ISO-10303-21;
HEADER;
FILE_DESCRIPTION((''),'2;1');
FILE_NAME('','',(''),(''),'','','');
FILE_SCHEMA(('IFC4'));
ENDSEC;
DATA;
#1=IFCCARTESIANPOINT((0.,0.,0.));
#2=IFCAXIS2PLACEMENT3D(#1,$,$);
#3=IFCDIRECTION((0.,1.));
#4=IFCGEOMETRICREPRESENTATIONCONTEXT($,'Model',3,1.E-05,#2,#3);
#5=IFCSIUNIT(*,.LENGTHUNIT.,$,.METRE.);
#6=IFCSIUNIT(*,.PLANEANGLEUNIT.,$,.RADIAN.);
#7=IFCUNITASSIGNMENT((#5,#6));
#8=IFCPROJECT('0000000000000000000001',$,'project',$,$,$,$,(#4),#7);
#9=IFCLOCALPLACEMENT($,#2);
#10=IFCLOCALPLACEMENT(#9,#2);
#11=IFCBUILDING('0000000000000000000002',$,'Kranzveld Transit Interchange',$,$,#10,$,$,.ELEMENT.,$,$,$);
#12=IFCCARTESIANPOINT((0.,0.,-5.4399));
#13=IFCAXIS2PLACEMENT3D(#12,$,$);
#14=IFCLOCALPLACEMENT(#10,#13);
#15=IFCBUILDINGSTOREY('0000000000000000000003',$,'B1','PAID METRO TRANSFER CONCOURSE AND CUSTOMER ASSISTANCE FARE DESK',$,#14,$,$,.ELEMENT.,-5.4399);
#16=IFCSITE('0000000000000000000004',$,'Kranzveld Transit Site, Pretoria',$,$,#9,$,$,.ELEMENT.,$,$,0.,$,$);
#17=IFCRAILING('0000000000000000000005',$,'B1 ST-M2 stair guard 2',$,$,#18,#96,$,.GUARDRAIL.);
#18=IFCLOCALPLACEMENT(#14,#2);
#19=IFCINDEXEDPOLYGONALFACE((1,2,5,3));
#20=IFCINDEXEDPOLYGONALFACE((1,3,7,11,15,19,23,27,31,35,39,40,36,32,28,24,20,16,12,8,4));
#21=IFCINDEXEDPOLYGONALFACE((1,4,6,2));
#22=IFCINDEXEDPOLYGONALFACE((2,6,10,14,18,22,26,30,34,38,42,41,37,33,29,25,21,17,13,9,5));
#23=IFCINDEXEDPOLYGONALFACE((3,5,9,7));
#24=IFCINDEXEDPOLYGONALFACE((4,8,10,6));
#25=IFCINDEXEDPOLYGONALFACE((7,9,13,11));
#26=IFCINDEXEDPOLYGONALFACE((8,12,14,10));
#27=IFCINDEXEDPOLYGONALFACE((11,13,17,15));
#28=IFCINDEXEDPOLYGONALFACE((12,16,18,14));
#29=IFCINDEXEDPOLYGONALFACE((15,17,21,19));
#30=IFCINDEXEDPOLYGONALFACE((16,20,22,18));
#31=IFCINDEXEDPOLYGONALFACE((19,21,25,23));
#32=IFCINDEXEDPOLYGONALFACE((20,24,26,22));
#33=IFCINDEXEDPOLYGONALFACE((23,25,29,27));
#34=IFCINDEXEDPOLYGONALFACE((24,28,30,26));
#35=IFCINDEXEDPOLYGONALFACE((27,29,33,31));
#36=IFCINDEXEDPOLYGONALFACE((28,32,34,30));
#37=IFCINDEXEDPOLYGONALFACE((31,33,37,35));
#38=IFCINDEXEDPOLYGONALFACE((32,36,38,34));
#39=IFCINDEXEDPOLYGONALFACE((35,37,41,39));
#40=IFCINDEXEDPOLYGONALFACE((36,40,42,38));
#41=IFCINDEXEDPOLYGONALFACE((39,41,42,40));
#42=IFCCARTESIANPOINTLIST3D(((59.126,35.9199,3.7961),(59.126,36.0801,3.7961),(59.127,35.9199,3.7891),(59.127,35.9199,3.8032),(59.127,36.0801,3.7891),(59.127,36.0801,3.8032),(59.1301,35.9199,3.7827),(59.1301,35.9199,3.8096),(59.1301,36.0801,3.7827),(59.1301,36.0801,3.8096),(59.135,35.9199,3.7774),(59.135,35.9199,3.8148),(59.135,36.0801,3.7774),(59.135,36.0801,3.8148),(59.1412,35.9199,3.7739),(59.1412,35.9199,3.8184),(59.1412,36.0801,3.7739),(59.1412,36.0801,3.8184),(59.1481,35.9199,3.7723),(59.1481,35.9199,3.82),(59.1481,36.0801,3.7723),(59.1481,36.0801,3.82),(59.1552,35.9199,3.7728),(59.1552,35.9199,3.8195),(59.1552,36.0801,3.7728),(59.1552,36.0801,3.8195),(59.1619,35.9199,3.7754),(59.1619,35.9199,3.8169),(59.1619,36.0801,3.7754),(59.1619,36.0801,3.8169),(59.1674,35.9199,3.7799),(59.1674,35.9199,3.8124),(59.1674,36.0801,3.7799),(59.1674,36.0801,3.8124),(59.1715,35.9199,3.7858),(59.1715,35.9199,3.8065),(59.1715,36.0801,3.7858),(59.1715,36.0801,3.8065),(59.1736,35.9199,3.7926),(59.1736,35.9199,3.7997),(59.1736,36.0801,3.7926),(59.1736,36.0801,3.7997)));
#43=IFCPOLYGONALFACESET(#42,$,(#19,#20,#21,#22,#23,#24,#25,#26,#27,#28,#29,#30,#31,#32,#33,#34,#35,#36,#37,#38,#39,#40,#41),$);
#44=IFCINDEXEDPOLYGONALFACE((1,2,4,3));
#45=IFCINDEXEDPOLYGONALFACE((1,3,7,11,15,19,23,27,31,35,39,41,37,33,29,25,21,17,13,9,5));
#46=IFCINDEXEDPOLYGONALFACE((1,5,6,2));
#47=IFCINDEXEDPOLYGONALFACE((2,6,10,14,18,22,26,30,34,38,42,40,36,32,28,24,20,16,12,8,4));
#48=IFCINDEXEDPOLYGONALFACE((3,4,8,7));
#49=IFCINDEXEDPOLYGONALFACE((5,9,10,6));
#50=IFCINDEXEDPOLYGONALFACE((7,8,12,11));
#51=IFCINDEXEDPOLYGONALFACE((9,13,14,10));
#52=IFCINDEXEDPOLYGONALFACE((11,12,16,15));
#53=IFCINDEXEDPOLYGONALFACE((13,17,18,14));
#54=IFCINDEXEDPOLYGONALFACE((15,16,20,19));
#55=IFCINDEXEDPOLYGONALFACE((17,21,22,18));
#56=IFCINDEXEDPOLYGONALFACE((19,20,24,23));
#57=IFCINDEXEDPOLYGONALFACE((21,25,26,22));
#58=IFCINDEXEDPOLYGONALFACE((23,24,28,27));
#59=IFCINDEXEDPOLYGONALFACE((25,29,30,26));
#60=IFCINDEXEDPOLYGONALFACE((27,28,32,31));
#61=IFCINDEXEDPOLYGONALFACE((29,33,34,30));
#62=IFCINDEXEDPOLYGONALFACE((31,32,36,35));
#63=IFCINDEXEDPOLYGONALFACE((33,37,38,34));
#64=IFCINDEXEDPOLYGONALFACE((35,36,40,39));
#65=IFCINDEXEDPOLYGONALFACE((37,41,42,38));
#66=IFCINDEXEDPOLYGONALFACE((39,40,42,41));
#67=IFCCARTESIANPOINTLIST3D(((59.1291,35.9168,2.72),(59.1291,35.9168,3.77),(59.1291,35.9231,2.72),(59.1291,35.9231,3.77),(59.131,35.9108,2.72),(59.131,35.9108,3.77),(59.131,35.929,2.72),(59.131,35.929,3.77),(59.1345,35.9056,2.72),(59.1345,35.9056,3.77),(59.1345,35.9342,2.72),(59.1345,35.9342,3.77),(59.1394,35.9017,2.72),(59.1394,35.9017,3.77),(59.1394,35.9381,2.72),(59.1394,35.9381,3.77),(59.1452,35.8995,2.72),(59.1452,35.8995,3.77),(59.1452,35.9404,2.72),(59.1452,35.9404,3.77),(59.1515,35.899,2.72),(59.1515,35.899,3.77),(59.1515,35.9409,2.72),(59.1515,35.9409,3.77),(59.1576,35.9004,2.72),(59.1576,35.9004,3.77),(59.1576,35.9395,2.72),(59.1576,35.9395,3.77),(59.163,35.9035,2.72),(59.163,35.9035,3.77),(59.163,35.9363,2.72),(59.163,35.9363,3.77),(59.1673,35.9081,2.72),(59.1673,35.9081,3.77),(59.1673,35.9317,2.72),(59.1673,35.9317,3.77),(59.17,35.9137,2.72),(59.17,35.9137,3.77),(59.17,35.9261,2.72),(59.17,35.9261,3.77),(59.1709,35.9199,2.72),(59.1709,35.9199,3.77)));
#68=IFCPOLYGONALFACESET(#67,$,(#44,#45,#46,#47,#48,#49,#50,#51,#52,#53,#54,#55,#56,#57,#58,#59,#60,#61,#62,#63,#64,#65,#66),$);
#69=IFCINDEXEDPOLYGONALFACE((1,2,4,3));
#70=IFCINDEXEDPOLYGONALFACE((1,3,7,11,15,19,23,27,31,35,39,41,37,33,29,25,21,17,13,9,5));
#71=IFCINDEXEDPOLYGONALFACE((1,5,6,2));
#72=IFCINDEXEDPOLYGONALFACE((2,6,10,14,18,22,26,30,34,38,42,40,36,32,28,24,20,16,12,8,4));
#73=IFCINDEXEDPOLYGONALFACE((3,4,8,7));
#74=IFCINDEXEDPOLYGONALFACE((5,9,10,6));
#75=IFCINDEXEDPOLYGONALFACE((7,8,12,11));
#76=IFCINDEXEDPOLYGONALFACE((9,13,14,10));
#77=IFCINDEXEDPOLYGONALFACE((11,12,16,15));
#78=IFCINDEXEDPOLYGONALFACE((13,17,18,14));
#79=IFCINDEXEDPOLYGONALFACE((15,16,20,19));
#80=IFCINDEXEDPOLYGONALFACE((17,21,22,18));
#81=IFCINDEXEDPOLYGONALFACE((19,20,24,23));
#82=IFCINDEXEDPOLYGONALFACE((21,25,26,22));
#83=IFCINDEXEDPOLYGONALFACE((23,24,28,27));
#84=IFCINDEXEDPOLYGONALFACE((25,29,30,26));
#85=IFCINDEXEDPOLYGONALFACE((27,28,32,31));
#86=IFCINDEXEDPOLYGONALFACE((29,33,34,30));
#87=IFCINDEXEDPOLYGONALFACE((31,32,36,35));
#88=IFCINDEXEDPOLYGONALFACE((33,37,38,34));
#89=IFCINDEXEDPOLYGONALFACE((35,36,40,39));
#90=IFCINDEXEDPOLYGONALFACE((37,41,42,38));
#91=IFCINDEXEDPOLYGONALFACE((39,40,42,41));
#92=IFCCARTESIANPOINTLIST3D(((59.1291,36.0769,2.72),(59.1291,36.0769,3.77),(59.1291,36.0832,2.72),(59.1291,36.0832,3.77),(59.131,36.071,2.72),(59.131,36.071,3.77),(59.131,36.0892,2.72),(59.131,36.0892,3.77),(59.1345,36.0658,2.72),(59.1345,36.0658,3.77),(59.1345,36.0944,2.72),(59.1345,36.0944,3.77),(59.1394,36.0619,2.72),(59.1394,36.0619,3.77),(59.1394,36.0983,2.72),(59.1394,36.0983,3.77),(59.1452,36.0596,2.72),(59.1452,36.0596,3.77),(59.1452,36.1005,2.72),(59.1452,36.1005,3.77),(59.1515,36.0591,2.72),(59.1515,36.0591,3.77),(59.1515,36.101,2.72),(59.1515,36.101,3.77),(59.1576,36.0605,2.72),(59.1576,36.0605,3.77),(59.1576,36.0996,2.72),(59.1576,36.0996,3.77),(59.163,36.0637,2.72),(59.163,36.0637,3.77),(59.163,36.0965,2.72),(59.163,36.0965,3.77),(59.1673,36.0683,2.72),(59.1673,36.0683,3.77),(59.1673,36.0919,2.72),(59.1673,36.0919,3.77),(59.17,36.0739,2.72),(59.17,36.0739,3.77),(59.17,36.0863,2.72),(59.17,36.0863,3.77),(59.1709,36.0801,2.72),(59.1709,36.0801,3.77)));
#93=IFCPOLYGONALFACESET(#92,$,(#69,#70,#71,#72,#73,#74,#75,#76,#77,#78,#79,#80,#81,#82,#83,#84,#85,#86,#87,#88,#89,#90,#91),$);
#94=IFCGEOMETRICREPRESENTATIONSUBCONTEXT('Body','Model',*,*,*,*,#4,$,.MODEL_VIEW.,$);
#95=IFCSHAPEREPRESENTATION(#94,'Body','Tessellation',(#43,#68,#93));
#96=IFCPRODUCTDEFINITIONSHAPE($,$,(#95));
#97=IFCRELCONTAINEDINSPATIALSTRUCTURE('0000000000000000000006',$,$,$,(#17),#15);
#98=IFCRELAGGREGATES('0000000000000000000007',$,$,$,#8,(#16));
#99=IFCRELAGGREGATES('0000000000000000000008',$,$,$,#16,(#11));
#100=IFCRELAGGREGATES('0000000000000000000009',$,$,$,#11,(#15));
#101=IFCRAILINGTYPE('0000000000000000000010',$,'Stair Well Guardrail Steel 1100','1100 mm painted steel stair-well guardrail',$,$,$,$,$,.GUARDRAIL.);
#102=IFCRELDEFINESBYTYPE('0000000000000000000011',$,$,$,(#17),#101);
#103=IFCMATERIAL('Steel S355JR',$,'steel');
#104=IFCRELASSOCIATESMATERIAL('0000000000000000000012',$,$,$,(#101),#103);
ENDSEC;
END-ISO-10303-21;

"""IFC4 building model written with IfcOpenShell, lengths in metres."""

from ifc_helpers import new_model, si_unit, direction, frame, origin, origin_2d, place, context, subcontext, project, spatial, circle, extrude, material, type_object, element, save


model = new_model("IFC4")

# Units and contexts
model_context = context("Model", 3, precision=1e-05, world=origin(), true_north=direction((0.0, 1.0)))
body_context = subcontext(model_context, "Body", "Model", "MODEL_VIEW")
ifc_project = project(units=[si_unit("LENGTHUNIT", "METRE"), si_unit("PLANEANGLEUNIT", "RADIAN")], contexts=[model_context])

# Site, building, storey
site_placement = place(None, origin())
site = spatial("IfcSite", under=ifc_project, at=site_placement, Name="Kranzveld Transit Site, Pretoria", CompositionType="ELEMENT", RefElevation=0.0)
building_placement = place(site_placement, origin())
building = spatial("IfcBuilding", under=site, at=building_placement, Name="Kranzveld Transit Interchange", CompositionType="ELEMENT")
storey_placement = place(building_placement, frame((0.0, 0.0, -5.4399)))
storey = spatial("IfcBuildingStorey", under=building, at=storey_placement, Name="B1", Description="PAID METRO TRANSFER CONCOURSE AND CUSTOMER ASSISTANCE FARE DESK", CompositionType="ELEMENT", Elevation=-5.4399)

# Railing
ifc_material_1 = material(Name="Steel S355JR", Category="steel")
railing_type_1 = type_object("IfcRailingType", Name="Stair Well Guardrail Steel 1100", Description="1100 mm painted steel stair-well guardrail", PredefinedType="GUARDRAIL", material=ifc_material_1)
railing_1_placement = place(storey_placement, frame((59.1499, 35.9199, 2.72)))
element("IfcRailing", 1, at=railing_1_placement, inside=storey, type_object=railing_type_1, Name="B1 ST-M2 stair guard 2", PredefinedType="GUARDRAIL", context=body_context, shape_type="SweptSolid", body=[
    extrude(circle(Radius=0.0239, at=origin_2d()), frame((0.0, 0.0, 1.0762), z_axis=(0.0, 1.0, 0.0), x_axis=(-1.0, 0.0, 0.0)), (0.0, 0.0, 1.0), 0.1602),
    extrude(circle(Radius=0.021, at=origin_2d()), origin(), (0.0, 0.0, 1.0), 1.05),
    extrude(circle(Radius=0.021, at=origin_2d()), frame((0.0, 0.1602, 0.0)), (0.0, 0.0, 1.0), 1.05),
])

save(model, "model.ifc")
